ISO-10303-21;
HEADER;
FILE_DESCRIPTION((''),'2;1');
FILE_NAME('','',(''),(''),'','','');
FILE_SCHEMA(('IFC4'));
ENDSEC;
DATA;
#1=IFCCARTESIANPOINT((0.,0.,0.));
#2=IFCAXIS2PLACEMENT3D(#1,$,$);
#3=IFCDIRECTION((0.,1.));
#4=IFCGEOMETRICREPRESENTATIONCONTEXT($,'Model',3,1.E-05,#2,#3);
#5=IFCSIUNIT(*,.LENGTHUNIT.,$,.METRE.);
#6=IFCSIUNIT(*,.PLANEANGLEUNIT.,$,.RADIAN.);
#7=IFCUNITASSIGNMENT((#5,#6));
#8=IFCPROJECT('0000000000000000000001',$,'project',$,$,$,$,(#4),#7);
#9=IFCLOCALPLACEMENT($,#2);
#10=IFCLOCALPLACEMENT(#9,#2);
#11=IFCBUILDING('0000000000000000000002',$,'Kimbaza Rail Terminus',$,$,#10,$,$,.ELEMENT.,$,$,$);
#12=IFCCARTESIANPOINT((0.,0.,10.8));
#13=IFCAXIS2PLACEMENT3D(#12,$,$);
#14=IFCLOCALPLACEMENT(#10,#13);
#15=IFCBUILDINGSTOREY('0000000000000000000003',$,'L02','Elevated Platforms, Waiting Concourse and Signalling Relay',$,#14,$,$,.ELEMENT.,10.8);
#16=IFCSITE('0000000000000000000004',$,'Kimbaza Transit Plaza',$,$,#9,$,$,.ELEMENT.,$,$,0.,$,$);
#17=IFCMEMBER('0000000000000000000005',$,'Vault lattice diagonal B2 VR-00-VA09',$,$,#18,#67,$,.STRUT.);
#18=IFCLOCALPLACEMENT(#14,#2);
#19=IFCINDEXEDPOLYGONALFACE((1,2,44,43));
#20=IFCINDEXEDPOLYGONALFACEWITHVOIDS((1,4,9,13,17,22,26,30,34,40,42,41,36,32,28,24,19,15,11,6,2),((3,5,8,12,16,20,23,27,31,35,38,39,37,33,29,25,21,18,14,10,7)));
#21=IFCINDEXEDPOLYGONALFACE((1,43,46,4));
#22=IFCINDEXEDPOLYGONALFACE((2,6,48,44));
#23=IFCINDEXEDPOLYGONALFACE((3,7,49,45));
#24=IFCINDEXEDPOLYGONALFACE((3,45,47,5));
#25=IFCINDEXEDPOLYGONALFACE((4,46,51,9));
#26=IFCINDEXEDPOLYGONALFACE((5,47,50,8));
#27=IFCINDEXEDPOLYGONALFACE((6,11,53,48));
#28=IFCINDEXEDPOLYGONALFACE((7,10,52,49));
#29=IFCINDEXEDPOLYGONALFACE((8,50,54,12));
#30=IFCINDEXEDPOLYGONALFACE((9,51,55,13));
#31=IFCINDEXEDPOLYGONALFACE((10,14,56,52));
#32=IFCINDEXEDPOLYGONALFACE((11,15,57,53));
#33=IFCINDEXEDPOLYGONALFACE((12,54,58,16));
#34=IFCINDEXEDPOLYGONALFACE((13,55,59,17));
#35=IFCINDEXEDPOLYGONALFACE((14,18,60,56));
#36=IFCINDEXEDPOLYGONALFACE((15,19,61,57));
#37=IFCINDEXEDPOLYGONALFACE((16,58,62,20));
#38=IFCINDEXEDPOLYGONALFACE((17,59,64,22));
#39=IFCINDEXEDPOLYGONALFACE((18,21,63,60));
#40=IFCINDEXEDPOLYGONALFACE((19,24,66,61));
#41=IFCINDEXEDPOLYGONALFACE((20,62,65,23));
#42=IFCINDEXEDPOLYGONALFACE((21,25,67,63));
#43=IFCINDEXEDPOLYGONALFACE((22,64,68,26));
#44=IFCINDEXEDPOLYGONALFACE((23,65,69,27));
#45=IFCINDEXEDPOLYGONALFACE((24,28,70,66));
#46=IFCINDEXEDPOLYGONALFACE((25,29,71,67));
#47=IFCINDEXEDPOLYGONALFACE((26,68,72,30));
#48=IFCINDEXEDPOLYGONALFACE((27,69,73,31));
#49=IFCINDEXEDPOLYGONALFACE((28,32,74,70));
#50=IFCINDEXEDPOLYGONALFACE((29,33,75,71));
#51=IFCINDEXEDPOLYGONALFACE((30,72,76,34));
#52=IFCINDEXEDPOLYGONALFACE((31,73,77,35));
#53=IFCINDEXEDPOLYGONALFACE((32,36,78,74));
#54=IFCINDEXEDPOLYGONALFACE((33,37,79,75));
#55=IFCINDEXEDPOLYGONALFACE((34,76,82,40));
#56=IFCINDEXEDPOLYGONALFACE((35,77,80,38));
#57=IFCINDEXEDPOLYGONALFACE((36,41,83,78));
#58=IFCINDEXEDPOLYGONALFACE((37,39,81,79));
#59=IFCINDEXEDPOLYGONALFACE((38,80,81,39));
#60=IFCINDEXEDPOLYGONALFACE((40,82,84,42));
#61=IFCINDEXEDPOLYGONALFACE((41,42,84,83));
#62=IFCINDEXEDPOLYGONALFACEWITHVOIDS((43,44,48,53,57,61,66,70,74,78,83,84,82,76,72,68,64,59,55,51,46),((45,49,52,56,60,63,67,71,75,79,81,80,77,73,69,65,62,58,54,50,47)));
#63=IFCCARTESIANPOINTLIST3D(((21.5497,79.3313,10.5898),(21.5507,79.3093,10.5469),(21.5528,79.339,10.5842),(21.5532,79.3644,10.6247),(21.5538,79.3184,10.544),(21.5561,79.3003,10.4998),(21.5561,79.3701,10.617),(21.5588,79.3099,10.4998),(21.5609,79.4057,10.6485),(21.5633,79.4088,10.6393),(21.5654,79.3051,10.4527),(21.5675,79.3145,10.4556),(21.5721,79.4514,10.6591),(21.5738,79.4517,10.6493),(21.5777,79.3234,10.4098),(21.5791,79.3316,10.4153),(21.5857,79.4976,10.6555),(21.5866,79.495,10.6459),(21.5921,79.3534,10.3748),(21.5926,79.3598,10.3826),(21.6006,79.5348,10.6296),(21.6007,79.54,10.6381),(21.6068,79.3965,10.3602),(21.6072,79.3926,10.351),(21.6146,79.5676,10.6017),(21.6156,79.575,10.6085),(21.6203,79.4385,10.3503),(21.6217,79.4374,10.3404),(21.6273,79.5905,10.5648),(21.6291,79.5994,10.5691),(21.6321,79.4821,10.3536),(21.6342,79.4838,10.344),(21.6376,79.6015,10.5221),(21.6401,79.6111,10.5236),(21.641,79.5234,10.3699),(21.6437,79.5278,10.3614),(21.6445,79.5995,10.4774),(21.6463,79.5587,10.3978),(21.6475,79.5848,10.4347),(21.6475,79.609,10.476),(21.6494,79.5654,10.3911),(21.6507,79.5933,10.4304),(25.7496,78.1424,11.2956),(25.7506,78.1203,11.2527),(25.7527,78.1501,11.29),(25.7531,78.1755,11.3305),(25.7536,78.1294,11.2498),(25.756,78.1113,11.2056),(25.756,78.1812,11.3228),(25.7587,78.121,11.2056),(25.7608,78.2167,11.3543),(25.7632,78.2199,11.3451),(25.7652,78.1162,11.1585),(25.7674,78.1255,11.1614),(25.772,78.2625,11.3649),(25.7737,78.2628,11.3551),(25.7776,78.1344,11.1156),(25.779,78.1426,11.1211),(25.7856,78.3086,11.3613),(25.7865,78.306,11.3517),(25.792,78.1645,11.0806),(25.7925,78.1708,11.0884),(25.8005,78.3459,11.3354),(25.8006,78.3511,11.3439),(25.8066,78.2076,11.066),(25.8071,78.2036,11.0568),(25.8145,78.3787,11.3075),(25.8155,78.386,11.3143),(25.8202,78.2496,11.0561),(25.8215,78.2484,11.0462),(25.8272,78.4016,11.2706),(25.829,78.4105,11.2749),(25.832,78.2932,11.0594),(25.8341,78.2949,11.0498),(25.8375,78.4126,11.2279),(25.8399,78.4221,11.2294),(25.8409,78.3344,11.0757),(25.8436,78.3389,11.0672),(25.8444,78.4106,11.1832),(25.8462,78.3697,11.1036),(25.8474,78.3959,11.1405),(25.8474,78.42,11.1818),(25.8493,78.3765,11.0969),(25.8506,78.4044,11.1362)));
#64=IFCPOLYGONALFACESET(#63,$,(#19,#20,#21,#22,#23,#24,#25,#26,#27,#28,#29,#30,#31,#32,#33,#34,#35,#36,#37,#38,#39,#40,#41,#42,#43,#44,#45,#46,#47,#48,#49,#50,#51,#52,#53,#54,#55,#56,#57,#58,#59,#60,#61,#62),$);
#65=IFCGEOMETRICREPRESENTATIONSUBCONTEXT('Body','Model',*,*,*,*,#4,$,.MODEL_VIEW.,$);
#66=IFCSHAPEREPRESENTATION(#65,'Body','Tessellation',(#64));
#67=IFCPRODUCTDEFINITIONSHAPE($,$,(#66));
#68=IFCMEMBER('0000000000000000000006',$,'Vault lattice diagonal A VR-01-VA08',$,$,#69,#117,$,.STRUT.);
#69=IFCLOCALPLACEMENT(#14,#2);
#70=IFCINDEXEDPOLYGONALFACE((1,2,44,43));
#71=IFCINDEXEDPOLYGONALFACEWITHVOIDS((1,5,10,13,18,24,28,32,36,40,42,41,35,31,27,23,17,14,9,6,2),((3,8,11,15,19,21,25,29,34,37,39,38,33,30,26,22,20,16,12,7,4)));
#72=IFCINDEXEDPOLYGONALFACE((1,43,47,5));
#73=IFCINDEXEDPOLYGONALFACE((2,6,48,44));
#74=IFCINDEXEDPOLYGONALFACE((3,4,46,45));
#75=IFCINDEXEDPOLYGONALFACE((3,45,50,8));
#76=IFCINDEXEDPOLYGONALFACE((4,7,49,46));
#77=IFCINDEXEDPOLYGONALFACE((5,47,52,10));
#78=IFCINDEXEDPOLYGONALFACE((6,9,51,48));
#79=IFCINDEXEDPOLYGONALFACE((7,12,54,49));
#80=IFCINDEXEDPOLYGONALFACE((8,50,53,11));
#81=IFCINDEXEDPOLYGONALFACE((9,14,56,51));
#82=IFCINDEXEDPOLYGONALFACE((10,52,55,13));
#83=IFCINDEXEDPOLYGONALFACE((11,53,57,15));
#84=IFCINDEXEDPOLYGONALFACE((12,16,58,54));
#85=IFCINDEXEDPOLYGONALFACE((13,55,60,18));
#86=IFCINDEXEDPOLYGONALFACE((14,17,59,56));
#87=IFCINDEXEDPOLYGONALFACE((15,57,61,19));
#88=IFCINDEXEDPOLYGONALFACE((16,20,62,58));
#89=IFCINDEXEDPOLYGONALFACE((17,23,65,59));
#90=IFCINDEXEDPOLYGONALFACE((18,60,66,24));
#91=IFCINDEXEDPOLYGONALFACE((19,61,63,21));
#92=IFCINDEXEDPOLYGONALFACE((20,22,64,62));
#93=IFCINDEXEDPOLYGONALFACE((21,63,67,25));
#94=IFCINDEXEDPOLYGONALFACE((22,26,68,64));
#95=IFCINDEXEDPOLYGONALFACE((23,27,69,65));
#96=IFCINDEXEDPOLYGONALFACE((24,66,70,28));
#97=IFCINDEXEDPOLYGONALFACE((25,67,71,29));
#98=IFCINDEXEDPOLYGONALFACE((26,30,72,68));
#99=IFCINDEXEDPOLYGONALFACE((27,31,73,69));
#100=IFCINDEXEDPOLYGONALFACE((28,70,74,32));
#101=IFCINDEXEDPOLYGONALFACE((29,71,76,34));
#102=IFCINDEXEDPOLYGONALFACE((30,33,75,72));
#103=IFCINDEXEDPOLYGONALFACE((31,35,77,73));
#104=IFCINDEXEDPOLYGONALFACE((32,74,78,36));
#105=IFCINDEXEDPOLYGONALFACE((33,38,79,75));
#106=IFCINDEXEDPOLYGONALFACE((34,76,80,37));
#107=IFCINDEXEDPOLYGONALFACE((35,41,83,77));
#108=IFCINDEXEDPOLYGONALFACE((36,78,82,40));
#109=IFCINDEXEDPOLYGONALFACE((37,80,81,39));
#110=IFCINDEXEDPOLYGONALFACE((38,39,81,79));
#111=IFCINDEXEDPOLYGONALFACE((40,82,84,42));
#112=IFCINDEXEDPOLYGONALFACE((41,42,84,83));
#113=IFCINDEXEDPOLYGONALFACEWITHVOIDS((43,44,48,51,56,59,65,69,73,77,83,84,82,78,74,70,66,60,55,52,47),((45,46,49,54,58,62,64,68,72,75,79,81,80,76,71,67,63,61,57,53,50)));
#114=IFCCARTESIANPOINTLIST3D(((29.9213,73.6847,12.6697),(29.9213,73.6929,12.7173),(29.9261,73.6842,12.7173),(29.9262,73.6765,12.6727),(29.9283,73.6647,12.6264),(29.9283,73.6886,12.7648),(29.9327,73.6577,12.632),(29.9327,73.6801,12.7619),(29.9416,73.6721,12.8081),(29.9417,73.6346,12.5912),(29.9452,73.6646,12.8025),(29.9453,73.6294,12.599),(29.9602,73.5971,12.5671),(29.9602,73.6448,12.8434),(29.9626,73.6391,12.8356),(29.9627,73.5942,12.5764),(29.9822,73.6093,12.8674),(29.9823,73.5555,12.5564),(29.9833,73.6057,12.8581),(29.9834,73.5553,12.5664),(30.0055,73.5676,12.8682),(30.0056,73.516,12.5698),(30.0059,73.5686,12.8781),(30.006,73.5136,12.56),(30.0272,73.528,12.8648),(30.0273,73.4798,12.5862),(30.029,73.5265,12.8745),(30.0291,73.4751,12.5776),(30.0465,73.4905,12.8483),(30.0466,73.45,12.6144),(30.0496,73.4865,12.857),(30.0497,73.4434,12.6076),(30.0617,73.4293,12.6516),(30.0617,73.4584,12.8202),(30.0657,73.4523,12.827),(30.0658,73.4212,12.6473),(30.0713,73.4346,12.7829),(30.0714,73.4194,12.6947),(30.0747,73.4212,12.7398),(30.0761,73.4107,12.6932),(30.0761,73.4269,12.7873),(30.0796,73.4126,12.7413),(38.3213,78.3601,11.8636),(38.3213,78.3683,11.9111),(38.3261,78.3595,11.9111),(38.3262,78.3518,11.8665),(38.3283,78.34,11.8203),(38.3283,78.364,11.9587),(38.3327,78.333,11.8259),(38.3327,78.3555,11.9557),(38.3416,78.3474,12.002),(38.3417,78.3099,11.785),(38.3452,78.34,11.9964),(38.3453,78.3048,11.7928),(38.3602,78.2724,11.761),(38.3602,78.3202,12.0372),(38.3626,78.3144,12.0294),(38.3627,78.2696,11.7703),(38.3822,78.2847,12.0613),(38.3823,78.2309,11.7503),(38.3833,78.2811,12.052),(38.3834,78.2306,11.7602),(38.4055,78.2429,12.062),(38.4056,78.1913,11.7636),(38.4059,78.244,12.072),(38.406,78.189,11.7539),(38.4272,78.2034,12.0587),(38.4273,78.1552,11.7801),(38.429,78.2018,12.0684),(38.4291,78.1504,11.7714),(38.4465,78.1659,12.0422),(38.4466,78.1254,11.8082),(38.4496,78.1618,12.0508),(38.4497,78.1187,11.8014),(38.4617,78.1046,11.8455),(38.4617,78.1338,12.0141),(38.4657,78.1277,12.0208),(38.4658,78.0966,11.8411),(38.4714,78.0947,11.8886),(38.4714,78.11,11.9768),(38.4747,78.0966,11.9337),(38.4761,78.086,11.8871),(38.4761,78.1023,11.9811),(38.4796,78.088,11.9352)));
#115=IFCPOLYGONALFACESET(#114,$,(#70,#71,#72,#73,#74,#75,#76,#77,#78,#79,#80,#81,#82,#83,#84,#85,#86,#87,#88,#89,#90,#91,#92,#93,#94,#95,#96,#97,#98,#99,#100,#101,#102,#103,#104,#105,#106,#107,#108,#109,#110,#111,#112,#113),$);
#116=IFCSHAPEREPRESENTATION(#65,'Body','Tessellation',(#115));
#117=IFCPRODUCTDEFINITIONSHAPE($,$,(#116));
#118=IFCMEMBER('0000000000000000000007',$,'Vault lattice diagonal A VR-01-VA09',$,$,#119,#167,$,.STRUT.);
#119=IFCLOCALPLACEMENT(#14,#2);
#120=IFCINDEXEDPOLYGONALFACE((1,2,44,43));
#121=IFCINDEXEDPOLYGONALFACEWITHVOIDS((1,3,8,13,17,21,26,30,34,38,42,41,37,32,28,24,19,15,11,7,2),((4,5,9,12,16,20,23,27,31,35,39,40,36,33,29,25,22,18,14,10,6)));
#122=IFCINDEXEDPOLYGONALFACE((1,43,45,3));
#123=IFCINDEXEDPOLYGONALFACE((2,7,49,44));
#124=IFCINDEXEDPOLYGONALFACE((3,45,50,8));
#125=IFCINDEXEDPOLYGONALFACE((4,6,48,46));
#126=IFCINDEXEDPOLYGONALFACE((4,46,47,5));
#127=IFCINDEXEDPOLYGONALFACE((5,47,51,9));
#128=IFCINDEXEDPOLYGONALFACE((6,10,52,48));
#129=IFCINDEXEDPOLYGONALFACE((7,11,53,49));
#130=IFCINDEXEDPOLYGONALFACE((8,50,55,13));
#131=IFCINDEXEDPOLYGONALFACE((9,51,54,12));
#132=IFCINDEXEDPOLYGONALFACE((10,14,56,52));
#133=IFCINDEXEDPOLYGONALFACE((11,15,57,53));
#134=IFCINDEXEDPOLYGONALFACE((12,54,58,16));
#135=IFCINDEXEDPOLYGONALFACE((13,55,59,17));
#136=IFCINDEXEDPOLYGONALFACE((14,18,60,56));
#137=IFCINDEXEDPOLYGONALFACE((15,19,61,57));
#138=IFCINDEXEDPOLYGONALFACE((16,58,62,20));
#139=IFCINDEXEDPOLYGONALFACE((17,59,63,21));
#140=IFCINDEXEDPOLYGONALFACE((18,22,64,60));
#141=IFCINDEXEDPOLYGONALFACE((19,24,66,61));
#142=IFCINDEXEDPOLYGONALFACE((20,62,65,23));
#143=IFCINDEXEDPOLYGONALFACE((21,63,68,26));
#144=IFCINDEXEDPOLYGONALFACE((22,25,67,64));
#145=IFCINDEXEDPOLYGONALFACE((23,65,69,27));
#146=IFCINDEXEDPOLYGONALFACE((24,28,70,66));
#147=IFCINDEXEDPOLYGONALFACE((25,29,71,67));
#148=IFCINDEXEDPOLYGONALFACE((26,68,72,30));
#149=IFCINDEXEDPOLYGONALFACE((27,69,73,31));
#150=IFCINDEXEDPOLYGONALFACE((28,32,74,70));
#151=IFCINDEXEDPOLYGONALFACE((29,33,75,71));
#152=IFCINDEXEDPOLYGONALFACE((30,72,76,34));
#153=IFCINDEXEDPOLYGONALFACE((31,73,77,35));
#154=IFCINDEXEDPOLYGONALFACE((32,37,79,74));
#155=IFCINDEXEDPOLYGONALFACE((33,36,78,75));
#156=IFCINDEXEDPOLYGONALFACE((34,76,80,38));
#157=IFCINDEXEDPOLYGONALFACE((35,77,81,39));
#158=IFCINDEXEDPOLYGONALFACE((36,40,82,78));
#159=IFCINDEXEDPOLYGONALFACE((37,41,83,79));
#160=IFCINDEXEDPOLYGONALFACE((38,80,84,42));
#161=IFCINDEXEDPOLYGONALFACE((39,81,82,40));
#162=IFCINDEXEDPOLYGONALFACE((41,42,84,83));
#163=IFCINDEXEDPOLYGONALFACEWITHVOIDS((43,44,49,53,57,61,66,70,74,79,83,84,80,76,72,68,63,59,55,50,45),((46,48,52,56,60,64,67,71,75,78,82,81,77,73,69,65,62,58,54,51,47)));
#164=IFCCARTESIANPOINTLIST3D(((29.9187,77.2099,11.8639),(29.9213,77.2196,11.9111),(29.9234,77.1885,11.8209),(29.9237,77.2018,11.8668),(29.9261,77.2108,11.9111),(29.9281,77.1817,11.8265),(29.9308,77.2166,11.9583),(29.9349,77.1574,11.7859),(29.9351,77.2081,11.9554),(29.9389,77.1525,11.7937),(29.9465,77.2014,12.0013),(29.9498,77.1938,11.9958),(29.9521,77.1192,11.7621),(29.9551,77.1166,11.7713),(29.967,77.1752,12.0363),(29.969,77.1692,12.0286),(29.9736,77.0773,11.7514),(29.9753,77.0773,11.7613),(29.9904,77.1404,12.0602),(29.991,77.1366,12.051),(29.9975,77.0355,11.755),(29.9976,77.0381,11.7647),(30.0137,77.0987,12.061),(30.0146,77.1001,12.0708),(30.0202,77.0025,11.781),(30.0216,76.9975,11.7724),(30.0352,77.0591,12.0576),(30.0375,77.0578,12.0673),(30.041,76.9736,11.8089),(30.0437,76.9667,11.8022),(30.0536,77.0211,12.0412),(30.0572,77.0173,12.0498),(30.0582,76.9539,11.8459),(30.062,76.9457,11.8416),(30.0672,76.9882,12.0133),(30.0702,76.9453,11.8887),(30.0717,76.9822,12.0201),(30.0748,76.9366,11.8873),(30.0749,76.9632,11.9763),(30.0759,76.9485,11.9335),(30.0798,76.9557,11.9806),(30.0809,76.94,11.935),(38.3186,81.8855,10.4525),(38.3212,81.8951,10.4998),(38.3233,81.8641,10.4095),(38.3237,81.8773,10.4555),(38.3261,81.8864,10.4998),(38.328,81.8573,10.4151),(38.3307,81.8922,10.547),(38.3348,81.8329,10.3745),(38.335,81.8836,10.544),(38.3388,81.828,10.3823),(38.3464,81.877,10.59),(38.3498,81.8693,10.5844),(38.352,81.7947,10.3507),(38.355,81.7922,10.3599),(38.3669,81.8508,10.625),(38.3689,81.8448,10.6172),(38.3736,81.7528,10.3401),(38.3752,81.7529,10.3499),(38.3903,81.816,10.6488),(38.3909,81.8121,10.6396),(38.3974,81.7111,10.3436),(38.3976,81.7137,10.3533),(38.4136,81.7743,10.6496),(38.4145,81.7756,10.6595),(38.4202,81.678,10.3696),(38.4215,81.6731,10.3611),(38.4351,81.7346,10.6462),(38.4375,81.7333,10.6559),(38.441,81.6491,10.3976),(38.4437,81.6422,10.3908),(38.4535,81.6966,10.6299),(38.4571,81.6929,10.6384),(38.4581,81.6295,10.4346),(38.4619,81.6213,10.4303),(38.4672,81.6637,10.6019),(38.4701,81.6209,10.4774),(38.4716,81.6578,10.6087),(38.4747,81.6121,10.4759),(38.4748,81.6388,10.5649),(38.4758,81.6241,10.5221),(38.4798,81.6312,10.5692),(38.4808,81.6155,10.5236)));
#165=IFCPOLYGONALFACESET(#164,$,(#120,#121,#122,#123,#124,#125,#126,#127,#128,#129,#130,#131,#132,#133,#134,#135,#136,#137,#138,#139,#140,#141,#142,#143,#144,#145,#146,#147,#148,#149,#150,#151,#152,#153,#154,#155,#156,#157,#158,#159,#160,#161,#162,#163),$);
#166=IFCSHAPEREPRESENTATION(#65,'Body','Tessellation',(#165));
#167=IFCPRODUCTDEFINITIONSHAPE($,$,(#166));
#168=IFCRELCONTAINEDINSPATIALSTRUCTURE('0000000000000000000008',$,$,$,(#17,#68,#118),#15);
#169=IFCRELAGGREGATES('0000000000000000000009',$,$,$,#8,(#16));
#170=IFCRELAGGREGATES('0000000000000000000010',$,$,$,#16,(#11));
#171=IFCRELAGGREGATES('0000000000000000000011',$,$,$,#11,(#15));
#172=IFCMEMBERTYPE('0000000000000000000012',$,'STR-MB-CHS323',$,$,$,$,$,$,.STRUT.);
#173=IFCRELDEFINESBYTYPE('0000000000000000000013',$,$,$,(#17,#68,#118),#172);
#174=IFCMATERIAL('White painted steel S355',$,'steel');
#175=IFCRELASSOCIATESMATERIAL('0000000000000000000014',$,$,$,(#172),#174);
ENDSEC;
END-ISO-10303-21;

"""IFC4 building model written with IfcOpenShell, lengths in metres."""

from ifc_helpers import new_model, si_unit, direction, frame, origin, origin_2d, place, context, subcontext, project, spatial, hollow_circle, extrude, material, material_profile, profile_set, type_object, element, save


model = new_model("IFC4")

# Units and contexts
model_context = context("Model", 3, precision=1e-05, world=origin(), true_north=direction((0.0, 1.0)))
body_context = subcontext(model_context, "Body", "Model", "MODEL_VIEW")
ifc_project = project(units=[si_unit("LENGTHUNIT", "METRE"), si_unit("PLANEANGLEUNIT", "RADIAN")], contexts=[model_context])

# Site, building, storey
site_placement = place(None, origin())
site = spatial("IfcSite", under=ifc_project, at=site_placement, Name="Kimbaza Transit Plaza", CompositionType="ELEMENT", RefElevation=0.0)
building_placement = place(site_placement, origin())
building = spatial("IfcBuilding", under=site, at=building_placement, Name="Kimbaza Rail Terminus", CompositionType="ELEMENT")
storey_placement = place(building_placement, frame((0.0, 0.0, 10.8)))
storey = spatial("IfcBuildingStorey", under=building, at=storey_placement, Name="L02", Description="Elevated Platforms, Waiting Concourse and Signalling Relay", CompositionType="ELEMENT", Elevation=10.8)

# Members
ifc_material_1 = material(Name="White painted steel S355", Category="steel")
ifc_material_profile_1 = material_profile(ifc_material_1, hollow_circle(Radius=0.1619, WallThickness=0.01, at=origin_2d()), Name="CHS 323.9x10")
ifc_profile_set_1 = profile_set([ifc_material_profile_1], Name="White painted steel S355")
member_type_1 = type_object("IfcMemberType", Name="STR-MB-CHS323", PredefinedType="STRUT", material=ifc_profile_set_1)
for number, where, z_axis, x_axis, name in (
    (1, (25.8, 78.2671, 11.2056), (-0.949851, 0.268893, -0.159624), (-0.272386, -0.962188, 0.0), "Vault lattice diagonal B2 VR-00-VA09"),
):
    element("IfcMember", number, at=place(storey_placement, frame(where, z_axis=z_axis, x_axis=x_axis)), inside=storey, type_object=member_type_1, Name=name, PredefinedType="STRUT", context=body_context, shape_type="SweptSolid", body=[
        extrude(hollow_circle(Radius=0.1619, WallThickness=0.01, at=origin_2d()), origin(), (0.0, 0.0, 1.0), 4.4216),
    ])
member_1_placement = place(storey_placement, frame((30.0, 73.5515, 12.7173), z_axis=(0.870718, 0.484632, -0.083564), x_axis=(-0.486333, 0.873774, 0.0)))
element("IfcMember", 2, at=member_1_placement, inside=storey, type_object=member_type_1, Name="Vault lattice diagonal A VR-01-VA08", PredefinedType="STRUT", context=body_context, shape_type="SweptSolid", body=[
    extrude(hollow_circle(Radius=0.1619, WallThickness=0.01, at=origin_2d()), origin(), (0.0, 0.0, 1.0), 9.6472),
])
member_2_placement = place(storey_placement, frame((30.0, 77.0781, 11.9111), z_axis=(0.864496, 0.481194, -0.145255), x_axis=(-0.486352, 0.873763, 0.0)))
element("IfcMember", 3, at=member_2_placement, inside=storey, type_object=member_type_1, Name="Vault lattice diagonal A VR-01-VA09", PredefinedType="STRUT", context=body_context, shape_type="SweptSolid", body=[
    extrude(hollow_circle(Radius=0.1619, WallThickness=0.01, at=origin_2d()), origin(), (0.0, 0.0, 1.0), 9.7166),
])

save(model, "model.ifc")
